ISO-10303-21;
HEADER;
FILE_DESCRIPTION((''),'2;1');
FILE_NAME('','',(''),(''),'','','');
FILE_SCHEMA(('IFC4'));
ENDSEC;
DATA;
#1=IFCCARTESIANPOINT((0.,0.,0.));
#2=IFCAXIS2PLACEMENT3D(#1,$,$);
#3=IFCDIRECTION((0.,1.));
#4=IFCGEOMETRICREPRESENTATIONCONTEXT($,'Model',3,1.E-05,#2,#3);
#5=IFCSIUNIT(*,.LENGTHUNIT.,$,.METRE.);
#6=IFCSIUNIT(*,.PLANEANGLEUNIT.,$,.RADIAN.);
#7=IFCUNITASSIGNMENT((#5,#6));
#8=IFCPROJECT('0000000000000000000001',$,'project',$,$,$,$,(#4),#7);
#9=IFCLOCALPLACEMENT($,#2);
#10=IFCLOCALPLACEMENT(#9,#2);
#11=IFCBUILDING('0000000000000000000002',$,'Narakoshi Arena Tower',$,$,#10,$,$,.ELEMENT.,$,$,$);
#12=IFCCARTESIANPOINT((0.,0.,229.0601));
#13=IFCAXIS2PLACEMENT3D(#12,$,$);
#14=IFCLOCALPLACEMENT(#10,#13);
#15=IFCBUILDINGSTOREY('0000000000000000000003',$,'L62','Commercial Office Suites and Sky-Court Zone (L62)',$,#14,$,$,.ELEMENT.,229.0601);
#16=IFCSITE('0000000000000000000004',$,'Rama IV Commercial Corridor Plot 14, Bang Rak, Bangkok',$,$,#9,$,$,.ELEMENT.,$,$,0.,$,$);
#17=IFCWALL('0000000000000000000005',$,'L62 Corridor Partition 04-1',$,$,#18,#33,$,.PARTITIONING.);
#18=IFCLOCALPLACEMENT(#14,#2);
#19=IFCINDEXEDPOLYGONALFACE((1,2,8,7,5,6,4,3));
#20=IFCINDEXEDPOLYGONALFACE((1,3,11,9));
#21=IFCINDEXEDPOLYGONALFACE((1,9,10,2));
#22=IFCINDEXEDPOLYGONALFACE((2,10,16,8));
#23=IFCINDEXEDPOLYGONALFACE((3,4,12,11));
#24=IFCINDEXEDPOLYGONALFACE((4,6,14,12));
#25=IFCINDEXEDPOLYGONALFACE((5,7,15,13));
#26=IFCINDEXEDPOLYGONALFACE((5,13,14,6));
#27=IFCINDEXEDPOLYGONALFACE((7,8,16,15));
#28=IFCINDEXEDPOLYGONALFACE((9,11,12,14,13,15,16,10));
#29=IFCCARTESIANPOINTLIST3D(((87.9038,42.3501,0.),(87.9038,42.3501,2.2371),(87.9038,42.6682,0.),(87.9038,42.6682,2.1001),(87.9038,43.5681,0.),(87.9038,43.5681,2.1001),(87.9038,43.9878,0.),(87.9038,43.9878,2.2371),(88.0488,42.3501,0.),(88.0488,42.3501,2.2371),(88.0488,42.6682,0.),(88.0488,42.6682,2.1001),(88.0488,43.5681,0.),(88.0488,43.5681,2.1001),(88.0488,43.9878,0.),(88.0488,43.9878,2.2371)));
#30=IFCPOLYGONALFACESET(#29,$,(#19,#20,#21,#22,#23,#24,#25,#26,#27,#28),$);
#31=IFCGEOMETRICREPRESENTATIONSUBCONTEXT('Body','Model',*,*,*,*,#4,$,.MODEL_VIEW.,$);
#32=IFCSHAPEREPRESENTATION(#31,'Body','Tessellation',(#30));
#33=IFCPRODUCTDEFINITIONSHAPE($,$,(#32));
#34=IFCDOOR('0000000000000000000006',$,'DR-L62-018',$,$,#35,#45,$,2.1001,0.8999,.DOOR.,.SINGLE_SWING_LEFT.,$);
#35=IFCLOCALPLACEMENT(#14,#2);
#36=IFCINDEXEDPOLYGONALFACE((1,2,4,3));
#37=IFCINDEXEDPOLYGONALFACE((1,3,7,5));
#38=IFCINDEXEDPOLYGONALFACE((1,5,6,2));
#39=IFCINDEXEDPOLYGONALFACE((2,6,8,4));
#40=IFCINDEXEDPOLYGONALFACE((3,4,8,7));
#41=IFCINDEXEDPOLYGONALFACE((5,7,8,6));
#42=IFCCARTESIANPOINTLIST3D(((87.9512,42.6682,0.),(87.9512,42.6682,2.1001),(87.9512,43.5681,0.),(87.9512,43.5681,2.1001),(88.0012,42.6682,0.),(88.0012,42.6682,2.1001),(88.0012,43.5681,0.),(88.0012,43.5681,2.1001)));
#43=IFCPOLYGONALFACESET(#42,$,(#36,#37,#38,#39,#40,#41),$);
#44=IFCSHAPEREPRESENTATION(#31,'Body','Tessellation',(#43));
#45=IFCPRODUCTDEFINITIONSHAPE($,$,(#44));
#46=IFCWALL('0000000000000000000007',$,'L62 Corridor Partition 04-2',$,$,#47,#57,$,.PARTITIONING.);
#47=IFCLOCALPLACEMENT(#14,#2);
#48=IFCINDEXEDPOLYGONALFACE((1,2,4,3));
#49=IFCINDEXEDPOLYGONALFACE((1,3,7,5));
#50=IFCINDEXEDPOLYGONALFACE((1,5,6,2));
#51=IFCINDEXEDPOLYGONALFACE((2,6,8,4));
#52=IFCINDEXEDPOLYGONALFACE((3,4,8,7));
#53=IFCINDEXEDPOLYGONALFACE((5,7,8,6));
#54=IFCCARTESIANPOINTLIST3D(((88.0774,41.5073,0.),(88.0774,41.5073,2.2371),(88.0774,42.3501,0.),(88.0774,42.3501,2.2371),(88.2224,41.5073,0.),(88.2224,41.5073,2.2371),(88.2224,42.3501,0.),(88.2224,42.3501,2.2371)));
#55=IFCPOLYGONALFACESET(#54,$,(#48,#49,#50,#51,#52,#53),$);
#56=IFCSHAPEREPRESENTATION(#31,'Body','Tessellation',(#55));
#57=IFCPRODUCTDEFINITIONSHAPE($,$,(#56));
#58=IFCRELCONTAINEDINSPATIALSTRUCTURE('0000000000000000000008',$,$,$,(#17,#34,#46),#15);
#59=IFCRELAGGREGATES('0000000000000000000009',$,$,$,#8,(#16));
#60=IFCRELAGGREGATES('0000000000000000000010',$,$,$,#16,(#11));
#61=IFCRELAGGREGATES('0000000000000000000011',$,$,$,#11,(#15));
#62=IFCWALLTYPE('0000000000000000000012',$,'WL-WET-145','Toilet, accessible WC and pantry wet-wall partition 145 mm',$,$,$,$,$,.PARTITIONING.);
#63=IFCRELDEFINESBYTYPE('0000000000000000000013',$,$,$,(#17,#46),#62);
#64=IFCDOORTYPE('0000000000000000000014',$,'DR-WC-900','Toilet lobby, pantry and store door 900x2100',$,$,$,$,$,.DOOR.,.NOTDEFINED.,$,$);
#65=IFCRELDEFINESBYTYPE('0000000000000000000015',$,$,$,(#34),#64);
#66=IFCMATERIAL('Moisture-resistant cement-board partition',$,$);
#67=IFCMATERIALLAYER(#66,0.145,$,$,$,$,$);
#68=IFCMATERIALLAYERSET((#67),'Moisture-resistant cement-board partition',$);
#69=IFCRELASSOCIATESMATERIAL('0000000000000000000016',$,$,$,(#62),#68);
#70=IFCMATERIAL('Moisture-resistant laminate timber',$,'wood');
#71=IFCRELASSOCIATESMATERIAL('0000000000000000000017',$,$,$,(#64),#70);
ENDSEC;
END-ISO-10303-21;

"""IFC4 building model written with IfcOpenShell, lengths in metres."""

from ifc_helpers import new_model, si_unit, direction, frame, frame_2d, origin, place, context, subcontext, project, spatial, rectangle, extrude, material, layer, layer_set, type_object, element, fill, save


model = new_model("IFC4")

# Units and contexts
model_context = context("Model", 3, precision=1e-05, world=origin(), true_north=direction((0.0, 1.0)))
body_context = subcontext(model_context, "Body", "Model", "MODEL_VIEW")
ifc_project = project(units=[si_unit("LENGTHUNIT", "METRE"), si_unit("PLANEANGLEUNIT", "RADIAN")], contexts=[model_context])

# Site, building, storey
site_placement = place(None, origin())
site = spatial("IfcSite", under=ifc_project, at=site_placement, Name="Rama IV Commercial Corridor Plot 14, Bang Rak, Bangkok", CompositionType="ELEMENT", RefElevation=0.0)
building_placement = place(site_placement, origin())
building = spatial("IfcBuilding", under=site, at=building_placement, Name="Narakoshi Arena Tower", CompositionType="ELEMENT")
storey_placement = place(building_placement, frame((0.0, 0.0, 229.0601)))
storey = spatial("IfcBuildingStorey", under=building, at=storey_placement, Name="L62", Description="Commercial Office Suites and Sky-Court Zone (L62)", CompositionType="ELEMENT", Elevation=229.0601)

# Wall, opening, door
ifc_material_1 = material(Name="Moisture-resistant cement-board partition")
ifc_layer_1 = layer(ifc_material_1, 0.145)
ifc_layer_set_1 = layer_set([ifc_layer_1], Name="Moisture-resistant cement-board partition")
wall_type_1 = type_object("IfcWallType", Name="WL-WET-145", Description="Toilet, accessible WC and pantry wet-wall partition 145 mm", PredefinedType="PARTITIONING", material=ifc_layer_set_1)
wall_1_placement = place(storey_placement, frame((87.9763, 42.3501, 0.0), z_axis=(0.0, 0.0, 1.0), x_axis=(0.0, 1.0, 0.0)))
wall_1 = element("IfcWall", 1, at=wall_1_placement, inside=storey, type_object=wall_type_1, Name="L62 Corridor Partition 04-1", PredefinedType="PARTITIONING", context=body_context, shape_type="SweptSolid", body=[
    extrude(rectangle(XDim=1.6377, YDim=0.145, at=frame_2d((0.8188, 0.0))), origin(), (0.0, 0.0, 1.0), 2.2371),
])
opening_1_placement = place(wall_1_placement, frame((0.3181, 0.0, 0.0)))
opening_1 = element("IfcOpeningElement", 2, at=opening_1_placement, cuts=wall_1, PredefinedType="OPENING", context=body_context, shape_type="SweptSolid", body=[
    extrude(rectangle(XDim=0.8999, YDim=2.1001, at=frame_2d((0.45, 1.05))), frame((0.0, 0.0825, 0.0), z_axis=(0.0, -1.0, 0.0), x_axis=(1.0, 0.0, 0.0)), (0.0, 0.0, 1.0), 0.165),
])
ifc_material_2 = material(Name="Moisture-resistant laminate timber", Category="wood")
door_type_1 = type_object("IfcDoorType", Name="DR-WC-900", Description="Toilet lobby, pantry and store door 900x2100", OperationType="NOTDEFINED", PredefinedType="DOOR", material=ifc_material_2)
door_1_placement = place(opening_1_placement, frame((0.8999, 0.0, 0.0), z_axis=(0.0, 0.0, 1.0), x_axis=(-1.0, 0.0, 0.0)))
door_1 = element("IfcDoor", 3, at=door_1_placement, inside=storey, type_object=door_type_1, Name="DR-L62-018", OperationType="SINGLE_SWING_LEFT", OverallHeight=2.1001, OverallWidth=0.8999, PredefinedType="DOOR", context=body_context, shape_type="SweptSolid", body=[
    extrude(rectangle(XDim=0.8999, YDim=2.1001, at=frame_2d((0.45, 1.05))), frame((0.0, 0.0249, 0.0), z_axis=(0.0, -1.0, 0.0), x_axis=(1.0, 0.0, 0.0)), (0.0, 0.0, 1.0), 0.05),
])
fill(opening_1, door_1)

# Wall
wall_2_placement = place(storey_placement, frame((88.1499, 41.5073, 0.0), z_axis=(0.0, 0.0, 1.0), x_axis=(0.0, 1.0, 0.0)))
element("IfcWall", 4, at=wall_2_placement, inside=storey, type_object=wall_type_1, Name="L62 Corridor Partition 04-2", PredefinedType="PARTITIONING", context=body_context, shape_type="SweptSolid", body=[
    extrude(rectangle(XDim=0.8428, YDim=0.145, at=frame_2d((0.4214, 0.0))), origin(), (0.0, 0.0, 1.0), 2.2371),
])

save(model, "model.ifc")
